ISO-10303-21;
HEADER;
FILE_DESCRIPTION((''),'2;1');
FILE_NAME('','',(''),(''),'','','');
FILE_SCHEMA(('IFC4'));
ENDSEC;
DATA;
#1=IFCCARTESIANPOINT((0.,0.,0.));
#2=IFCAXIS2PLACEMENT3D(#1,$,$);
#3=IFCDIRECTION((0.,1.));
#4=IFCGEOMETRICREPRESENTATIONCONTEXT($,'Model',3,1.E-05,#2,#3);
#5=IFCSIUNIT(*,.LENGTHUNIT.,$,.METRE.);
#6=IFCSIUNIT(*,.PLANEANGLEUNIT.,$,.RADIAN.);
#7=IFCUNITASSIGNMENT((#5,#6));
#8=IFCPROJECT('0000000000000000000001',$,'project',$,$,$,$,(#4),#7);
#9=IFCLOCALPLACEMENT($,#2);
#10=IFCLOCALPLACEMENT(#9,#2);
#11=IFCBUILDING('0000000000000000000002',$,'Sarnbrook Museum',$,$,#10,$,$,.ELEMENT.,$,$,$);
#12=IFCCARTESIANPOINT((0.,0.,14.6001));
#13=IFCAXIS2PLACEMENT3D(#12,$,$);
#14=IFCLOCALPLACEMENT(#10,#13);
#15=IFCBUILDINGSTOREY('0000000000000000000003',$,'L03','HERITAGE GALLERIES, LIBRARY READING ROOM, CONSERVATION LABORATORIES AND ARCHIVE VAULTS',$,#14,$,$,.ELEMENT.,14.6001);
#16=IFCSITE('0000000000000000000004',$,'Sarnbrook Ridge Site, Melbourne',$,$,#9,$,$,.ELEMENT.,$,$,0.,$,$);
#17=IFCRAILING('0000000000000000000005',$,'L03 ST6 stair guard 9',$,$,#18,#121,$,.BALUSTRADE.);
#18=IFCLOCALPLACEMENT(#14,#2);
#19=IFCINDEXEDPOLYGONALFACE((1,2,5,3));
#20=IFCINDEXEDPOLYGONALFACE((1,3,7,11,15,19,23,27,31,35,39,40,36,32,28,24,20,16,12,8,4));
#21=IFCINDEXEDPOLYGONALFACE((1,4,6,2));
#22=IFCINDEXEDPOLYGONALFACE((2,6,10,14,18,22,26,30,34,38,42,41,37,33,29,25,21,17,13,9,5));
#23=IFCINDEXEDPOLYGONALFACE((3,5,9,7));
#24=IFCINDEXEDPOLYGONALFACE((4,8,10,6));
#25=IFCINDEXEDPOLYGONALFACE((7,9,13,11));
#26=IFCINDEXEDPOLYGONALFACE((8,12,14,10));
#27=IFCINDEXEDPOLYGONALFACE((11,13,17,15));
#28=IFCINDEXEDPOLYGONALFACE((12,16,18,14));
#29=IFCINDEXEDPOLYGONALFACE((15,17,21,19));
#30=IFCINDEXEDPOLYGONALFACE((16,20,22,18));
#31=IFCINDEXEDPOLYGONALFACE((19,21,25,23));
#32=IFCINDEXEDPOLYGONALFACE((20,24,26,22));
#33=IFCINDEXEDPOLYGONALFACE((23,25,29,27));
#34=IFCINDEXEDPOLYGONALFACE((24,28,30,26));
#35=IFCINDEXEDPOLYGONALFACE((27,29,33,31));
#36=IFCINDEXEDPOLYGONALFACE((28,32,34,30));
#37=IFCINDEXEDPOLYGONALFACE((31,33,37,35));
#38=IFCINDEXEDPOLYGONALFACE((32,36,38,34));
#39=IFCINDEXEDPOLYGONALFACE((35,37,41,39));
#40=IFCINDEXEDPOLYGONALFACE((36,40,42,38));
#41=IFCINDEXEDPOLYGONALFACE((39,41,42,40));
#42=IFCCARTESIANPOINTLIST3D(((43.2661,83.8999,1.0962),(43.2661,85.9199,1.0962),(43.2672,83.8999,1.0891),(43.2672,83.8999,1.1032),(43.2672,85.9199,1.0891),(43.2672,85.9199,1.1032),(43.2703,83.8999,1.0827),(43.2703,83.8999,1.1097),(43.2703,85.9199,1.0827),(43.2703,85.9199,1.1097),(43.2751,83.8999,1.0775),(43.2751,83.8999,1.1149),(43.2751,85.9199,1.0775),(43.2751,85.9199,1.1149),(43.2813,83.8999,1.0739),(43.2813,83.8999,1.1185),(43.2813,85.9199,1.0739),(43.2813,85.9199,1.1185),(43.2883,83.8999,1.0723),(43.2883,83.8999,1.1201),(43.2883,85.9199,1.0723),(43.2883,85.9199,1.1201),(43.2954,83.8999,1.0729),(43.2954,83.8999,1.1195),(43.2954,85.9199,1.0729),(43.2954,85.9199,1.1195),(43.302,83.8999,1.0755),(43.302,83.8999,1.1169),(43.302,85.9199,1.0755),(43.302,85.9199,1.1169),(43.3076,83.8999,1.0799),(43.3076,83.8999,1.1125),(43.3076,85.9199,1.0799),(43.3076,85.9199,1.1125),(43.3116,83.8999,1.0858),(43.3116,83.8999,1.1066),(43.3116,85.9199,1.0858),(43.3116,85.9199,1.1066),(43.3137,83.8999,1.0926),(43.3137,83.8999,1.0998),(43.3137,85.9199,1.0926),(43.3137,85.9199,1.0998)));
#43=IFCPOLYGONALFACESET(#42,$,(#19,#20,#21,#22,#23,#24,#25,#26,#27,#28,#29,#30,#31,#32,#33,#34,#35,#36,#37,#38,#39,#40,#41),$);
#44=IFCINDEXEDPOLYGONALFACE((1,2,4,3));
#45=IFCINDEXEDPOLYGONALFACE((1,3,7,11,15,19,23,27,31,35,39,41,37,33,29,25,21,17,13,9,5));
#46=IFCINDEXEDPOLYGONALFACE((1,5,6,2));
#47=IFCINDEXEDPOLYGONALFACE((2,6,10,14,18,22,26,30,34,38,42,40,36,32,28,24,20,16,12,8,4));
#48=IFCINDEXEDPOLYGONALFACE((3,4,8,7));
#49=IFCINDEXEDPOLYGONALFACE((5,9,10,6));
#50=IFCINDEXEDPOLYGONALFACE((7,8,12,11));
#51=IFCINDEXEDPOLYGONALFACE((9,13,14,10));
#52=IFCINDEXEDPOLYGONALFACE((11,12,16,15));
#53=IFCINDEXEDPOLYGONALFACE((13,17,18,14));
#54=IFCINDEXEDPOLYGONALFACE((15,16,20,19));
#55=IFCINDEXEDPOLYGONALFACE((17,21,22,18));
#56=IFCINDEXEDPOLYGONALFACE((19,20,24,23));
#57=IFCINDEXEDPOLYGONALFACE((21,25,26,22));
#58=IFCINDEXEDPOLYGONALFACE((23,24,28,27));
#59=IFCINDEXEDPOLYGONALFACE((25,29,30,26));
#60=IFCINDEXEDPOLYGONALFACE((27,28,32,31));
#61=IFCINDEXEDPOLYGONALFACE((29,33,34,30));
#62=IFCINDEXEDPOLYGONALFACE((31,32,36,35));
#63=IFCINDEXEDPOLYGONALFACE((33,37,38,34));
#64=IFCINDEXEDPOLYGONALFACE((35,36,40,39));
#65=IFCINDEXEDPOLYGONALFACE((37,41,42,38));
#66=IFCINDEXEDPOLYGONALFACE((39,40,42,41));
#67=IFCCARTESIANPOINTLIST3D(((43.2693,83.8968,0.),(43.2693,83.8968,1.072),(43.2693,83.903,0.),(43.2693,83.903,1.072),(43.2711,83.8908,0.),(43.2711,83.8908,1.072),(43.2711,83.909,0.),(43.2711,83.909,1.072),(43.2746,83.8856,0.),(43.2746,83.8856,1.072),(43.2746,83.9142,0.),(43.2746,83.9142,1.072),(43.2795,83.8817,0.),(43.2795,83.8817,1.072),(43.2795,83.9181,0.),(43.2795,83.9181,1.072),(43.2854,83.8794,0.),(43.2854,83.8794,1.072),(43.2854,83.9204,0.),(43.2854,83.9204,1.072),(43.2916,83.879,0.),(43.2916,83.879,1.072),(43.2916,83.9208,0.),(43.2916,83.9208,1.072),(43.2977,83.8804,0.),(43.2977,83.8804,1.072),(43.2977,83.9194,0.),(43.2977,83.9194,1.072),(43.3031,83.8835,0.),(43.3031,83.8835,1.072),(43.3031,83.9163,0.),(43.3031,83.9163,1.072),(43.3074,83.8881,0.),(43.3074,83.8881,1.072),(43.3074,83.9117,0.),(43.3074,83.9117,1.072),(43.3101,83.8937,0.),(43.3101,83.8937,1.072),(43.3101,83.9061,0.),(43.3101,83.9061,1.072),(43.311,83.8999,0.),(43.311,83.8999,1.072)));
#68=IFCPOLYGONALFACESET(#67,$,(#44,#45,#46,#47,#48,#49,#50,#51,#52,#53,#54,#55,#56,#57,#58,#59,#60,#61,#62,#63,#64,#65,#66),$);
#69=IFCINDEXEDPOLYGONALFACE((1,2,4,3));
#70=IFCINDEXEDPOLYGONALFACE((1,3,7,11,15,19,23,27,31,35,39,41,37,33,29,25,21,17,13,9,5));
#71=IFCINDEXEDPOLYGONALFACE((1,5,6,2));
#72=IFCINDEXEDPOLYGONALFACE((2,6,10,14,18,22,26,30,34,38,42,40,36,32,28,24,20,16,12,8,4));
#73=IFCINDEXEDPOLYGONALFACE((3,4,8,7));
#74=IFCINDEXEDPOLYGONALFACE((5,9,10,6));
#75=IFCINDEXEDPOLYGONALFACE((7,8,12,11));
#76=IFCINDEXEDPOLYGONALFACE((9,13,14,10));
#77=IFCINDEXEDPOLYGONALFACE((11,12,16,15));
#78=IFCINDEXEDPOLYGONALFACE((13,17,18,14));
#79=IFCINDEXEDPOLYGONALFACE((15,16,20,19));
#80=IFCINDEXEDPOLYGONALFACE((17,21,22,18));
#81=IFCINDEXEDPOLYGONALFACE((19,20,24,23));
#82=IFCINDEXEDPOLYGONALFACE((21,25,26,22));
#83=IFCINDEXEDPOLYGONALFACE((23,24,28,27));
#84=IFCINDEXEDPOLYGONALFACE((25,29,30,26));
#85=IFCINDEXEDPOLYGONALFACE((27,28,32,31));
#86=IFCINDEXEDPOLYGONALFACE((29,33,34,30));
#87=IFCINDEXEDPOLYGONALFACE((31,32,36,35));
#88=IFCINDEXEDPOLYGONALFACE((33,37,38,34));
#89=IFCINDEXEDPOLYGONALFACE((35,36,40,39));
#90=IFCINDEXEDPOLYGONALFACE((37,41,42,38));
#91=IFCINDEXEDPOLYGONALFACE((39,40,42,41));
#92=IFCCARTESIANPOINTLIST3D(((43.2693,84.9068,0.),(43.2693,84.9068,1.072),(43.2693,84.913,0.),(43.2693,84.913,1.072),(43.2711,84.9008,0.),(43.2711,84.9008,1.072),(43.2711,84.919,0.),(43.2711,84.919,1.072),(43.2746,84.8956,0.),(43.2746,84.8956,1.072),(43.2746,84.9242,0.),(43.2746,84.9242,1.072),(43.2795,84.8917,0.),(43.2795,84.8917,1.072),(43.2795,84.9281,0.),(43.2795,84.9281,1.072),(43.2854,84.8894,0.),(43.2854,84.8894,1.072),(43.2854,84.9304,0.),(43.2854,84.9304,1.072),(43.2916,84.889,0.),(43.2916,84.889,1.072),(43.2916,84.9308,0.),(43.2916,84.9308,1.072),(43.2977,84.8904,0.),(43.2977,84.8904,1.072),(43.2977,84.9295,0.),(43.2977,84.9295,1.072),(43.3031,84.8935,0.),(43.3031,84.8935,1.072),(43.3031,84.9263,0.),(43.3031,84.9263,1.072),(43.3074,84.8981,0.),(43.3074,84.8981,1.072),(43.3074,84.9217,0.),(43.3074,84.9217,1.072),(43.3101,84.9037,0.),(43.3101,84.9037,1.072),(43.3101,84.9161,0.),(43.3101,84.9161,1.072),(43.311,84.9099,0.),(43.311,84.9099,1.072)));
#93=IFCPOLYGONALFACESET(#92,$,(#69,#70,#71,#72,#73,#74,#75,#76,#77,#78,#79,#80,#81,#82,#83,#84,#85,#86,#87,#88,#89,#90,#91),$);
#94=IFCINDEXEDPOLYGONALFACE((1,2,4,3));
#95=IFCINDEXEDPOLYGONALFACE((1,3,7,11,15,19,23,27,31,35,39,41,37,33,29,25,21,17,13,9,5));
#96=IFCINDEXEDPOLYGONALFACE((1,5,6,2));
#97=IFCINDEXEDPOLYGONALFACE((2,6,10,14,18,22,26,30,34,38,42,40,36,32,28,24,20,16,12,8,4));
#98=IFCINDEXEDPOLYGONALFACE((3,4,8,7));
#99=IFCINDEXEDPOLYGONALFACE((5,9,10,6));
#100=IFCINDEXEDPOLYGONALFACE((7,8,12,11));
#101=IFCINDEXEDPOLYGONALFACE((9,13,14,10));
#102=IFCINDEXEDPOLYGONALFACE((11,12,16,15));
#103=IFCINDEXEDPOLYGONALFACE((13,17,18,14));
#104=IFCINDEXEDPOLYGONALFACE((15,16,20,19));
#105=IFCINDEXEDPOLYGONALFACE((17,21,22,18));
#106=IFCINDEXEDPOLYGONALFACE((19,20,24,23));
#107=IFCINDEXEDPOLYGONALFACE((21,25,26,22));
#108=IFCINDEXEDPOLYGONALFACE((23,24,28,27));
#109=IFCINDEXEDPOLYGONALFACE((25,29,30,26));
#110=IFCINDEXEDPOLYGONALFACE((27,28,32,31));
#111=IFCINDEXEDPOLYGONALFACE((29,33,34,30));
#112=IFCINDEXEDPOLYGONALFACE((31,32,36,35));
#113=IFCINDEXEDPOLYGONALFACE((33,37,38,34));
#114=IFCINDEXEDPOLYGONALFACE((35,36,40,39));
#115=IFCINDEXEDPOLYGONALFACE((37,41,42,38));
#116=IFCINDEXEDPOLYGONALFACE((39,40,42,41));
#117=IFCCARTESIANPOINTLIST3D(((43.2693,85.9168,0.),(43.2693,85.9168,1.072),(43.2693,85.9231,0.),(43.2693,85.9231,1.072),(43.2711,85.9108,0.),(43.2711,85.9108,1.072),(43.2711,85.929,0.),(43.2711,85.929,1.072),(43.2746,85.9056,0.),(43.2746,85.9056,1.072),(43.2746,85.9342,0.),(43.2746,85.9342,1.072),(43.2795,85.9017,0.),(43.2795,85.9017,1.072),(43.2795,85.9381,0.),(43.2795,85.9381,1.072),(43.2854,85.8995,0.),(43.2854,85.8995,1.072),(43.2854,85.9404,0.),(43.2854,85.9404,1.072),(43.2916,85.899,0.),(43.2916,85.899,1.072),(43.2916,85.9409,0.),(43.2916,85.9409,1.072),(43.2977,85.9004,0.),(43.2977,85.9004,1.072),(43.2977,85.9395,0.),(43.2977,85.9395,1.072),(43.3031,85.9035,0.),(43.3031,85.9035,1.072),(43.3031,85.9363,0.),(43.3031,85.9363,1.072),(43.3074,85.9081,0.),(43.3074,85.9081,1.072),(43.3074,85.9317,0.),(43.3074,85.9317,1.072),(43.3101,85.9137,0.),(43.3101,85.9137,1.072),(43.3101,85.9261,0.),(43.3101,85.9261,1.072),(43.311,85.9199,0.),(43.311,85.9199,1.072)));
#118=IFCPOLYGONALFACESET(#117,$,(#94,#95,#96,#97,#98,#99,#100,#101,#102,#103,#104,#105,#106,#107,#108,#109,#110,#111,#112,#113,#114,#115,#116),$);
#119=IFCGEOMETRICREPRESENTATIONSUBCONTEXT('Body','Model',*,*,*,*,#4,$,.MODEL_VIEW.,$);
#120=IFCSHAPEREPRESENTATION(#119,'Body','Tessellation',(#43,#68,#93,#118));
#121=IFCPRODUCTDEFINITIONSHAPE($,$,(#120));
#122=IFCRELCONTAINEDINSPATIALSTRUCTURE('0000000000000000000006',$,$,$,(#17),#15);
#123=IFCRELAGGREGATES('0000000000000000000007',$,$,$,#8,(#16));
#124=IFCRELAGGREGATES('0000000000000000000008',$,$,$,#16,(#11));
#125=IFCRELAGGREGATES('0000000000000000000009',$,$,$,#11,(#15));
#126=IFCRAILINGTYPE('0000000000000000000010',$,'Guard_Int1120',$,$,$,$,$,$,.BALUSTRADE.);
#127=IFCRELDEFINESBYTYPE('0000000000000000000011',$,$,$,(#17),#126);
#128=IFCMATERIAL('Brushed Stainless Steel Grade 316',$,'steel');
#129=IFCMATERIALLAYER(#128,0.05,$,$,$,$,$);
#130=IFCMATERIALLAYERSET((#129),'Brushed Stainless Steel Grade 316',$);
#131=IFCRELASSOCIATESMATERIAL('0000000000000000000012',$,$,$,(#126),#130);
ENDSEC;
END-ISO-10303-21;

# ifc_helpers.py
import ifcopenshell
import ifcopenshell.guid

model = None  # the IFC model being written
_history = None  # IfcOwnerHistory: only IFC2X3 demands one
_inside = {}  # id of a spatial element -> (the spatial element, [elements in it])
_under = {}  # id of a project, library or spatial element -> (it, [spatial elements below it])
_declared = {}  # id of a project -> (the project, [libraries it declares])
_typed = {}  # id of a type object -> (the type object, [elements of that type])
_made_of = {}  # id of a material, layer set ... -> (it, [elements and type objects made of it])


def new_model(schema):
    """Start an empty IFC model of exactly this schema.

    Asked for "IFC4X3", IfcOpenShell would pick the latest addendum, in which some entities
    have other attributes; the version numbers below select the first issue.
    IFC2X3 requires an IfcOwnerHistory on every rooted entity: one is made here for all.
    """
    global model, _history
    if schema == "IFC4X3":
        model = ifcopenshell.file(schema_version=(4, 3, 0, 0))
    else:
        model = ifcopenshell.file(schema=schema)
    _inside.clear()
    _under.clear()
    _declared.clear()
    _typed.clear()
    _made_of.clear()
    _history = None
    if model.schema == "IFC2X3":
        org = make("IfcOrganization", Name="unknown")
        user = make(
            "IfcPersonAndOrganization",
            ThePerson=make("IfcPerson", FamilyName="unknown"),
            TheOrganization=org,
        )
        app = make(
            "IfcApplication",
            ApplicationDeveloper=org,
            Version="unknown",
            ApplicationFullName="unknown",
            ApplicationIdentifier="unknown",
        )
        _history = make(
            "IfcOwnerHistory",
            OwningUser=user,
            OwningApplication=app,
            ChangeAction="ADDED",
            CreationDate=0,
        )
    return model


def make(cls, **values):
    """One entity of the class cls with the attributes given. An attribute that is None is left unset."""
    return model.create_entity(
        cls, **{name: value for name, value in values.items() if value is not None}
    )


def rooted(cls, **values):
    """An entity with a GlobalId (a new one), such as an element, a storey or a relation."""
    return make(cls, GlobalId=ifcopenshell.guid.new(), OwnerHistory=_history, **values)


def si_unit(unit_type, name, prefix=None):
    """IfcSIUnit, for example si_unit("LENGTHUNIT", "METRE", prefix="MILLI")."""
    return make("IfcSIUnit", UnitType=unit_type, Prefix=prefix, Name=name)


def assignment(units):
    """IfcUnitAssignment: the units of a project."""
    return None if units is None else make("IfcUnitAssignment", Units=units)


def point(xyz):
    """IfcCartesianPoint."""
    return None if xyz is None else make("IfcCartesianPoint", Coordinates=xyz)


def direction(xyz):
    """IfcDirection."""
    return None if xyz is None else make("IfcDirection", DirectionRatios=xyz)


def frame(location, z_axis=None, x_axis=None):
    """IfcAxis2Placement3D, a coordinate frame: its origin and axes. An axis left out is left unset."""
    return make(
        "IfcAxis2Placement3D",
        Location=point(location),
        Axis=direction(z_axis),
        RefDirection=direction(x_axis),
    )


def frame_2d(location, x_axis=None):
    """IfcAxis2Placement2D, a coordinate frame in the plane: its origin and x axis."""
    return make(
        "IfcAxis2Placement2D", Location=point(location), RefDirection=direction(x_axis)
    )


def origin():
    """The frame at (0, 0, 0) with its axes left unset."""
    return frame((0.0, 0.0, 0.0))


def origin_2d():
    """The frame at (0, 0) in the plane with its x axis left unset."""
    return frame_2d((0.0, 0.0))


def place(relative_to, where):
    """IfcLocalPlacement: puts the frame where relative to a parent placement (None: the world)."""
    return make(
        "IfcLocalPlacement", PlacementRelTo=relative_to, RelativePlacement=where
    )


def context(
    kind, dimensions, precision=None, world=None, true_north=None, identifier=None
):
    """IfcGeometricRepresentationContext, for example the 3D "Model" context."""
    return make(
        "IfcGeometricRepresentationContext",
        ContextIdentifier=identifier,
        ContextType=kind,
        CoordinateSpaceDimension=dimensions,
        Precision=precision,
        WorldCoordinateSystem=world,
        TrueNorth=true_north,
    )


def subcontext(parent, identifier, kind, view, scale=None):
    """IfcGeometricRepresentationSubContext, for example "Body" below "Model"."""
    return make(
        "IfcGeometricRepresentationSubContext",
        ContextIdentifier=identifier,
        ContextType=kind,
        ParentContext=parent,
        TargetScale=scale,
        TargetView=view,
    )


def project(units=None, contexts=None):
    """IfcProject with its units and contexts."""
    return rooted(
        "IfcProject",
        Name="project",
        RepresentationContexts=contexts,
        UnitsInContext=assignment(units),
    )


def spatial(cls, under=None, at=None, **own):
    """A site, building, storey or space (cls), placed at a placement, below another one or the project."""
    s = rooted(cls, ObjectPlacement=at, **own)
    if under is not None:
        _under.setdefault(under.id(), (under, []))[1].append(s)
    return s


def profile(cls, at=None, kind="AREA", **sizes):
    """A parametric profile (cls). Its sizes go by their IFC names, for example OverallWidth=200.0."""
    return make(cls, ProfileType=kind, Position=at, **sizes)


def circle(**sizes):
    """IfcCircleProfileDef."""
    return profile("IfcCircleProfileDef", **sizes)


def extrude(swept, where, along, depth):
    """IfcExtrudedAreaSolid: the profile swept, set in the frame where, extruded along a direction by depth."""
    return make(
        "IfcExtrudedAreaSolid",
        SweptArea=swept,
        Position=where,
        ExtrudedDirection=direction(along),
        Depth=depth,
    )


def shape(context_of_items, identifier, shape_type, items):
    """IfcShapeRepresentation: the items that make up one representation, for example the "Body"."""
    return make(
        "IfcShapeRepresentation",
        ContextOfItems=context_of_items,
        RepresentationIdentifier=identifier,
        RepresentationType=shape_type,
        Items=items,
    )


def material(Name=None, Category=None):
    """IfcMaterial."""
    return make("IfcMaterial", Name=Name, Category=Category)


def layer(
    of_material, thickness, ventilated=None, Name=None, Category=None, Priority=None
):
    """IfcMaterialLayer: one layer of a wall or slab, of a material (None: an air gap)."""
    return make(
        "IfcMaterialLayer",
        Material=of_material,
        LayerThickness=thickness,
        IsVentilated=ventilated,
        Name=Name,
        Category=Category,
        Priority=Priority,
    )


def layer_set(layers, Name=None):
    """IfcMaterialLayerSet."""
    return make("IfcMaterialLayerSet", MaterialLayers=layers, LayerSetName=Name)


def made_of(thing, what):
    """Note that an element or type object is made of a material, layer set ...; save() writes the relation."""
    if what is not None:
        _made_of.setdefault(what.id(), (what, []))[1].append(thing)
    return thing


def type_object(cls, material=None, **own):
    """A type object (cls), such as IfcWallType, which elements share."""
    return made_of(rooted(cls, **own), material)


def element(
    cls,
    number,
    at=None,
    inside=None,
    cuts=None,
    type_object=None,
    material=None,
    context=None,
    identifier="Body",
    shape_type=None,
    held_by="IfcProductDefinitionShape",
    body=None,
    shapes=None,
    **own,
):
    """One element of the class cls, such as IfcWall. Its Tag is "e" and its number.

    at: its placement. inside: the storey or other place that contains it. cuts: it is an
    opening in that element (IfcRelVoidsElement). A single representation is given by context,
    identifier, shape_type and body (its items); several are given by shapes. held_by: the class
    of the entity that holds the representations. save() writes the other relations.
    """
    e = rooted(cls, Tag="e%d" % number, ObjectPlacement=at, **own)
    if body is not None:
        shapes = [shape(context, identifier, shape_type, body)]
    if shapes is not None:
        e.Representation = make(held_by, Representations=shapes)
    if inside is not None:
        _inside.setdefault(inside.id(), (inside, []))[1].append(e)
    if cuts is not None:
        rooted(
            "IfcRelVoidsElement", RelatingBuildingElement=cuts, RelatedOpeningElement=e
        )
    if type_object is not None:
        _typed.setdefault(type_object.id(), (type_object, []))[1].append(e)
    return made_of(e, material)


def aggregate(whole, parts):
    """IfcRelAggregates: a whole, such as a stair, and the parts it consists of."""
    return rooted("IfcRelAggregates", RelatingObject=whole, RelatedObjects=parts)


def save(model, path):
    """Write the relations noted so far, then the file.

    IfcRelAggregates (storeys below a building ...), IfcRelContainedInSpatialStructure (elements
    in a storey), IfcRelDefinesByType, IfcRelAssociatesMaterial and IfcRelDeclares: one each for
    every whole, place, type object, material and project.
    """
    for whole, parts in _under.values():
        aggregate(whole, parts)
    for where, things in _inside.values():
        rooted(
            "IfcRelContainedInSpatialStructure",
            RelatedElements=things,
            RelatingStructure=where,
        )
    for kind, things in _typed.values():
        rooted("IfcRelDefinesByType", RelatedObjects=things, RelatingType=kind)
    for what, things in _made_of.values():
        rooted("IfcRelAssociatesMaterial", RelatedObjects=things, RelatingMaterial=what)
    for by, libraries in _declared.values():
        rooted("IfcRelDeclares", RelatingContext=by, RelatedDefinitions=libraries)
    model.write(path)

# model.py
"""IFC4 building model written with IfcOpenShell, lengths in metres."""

from ifc_helpers import new_model, si_unit, direction, frame, origin, origin_2d, place, context, subcontext, project, spatial, circle, extrude, material, layer, layer_set, type_object, element, save


model = new_model("IFC4")

# Units and contexts
model_context = context("Model", 3, precision=1e-05, world=origin(), true_north=direction((0.0, 1.0)))
body_context = subcontext(model_context, "Body", "Model", "MODEL_VIEW")
ifc_project = project(units=[si_unit("LENGTHUNIT", "METRE"), si_unit("PLANEANGLEUNIT", "RADIAN")], contexts=[model_context])

# Site, building, storey
site_placement = place(None, origin())
site = spatial("IfcSite", under=ifc_project, at=site_placement, Name="Sarnbrook Ridge Site, Melbourne", CompositionType="ELEMENT", RefElevation=0.0)
building_placement = place(site_placement, origin())
building = spatial("IfcBuilding", under=site, at=building_placement, Name="Sarnbrook Museum", CompositionType="ELEMENT")
storey_placement = place(building_placement, frame((0.0, 0.0, 14.6001)))
storey = spatial("IfcBuildingStorey", under=building, at=storey_placement, Name="L03", Description="HERITAGE GALLERIES, LIBRARY READING ROOM, CONSERVATION LABORATORIES AND ARCHIVE VAULTS", CompositionType="ELEMENT", Elevation=14.6001)

# Shared definitions
ifc_material_1 = material(Name="Brushed Stainless Steel Grade 316", Category="steel")

# Railing
ifc_layer_1 = layer(ifc_material_1, 0.05)
ifc_layer_set_1 = layer_set([ifc_layer_1], Name="Brushed Stainless Steel Grade 316")
railing_type_1 = type_object("IfcRailingType", Name="Guard_Int1120", PredefinedType="BALUSTRADE", material=ifc_layer_set_1)
for number, where, name in (
    (1, (43.29, 83.8999, 0.0), "L03 ST6 stair guard 9"),
):
    element("IfcRailing", number, at=place(storey_placement, frame(where)), inside=storey, type_object=railing_type_1, Name=name, PredefinedType="BALUSTRADE", context=body_context, shape_type="SweptSolid", body=[
        extrude(circle(Radius=0.0239, at=origin_2d()), frame((0.0, 0.0, 1.0962), z_axis=(0.0, 1.0, 0.0), x_axis=(-1.0, 0.0, 0.0)), (0.0, 0.0, 1.0), 2.02),
        extrude(circle(Radius=0.021, at=origin_2d()), origin(), (0.0, 0.0, 1.0), 1.072),
        extrude(circle(Radius=0.021, at=origin_2d()), frame((0.0, 1.01, 0.0)), (0.0, 0.0, 1.0), 1.072),
        extrude(circle(Radius=0.021, at=origin_2d()), frame((0.0, 2.02, 0.0)), (0.0, 0.0, 1.0), 1.072),
    ])

save(model, "model.ifc")
